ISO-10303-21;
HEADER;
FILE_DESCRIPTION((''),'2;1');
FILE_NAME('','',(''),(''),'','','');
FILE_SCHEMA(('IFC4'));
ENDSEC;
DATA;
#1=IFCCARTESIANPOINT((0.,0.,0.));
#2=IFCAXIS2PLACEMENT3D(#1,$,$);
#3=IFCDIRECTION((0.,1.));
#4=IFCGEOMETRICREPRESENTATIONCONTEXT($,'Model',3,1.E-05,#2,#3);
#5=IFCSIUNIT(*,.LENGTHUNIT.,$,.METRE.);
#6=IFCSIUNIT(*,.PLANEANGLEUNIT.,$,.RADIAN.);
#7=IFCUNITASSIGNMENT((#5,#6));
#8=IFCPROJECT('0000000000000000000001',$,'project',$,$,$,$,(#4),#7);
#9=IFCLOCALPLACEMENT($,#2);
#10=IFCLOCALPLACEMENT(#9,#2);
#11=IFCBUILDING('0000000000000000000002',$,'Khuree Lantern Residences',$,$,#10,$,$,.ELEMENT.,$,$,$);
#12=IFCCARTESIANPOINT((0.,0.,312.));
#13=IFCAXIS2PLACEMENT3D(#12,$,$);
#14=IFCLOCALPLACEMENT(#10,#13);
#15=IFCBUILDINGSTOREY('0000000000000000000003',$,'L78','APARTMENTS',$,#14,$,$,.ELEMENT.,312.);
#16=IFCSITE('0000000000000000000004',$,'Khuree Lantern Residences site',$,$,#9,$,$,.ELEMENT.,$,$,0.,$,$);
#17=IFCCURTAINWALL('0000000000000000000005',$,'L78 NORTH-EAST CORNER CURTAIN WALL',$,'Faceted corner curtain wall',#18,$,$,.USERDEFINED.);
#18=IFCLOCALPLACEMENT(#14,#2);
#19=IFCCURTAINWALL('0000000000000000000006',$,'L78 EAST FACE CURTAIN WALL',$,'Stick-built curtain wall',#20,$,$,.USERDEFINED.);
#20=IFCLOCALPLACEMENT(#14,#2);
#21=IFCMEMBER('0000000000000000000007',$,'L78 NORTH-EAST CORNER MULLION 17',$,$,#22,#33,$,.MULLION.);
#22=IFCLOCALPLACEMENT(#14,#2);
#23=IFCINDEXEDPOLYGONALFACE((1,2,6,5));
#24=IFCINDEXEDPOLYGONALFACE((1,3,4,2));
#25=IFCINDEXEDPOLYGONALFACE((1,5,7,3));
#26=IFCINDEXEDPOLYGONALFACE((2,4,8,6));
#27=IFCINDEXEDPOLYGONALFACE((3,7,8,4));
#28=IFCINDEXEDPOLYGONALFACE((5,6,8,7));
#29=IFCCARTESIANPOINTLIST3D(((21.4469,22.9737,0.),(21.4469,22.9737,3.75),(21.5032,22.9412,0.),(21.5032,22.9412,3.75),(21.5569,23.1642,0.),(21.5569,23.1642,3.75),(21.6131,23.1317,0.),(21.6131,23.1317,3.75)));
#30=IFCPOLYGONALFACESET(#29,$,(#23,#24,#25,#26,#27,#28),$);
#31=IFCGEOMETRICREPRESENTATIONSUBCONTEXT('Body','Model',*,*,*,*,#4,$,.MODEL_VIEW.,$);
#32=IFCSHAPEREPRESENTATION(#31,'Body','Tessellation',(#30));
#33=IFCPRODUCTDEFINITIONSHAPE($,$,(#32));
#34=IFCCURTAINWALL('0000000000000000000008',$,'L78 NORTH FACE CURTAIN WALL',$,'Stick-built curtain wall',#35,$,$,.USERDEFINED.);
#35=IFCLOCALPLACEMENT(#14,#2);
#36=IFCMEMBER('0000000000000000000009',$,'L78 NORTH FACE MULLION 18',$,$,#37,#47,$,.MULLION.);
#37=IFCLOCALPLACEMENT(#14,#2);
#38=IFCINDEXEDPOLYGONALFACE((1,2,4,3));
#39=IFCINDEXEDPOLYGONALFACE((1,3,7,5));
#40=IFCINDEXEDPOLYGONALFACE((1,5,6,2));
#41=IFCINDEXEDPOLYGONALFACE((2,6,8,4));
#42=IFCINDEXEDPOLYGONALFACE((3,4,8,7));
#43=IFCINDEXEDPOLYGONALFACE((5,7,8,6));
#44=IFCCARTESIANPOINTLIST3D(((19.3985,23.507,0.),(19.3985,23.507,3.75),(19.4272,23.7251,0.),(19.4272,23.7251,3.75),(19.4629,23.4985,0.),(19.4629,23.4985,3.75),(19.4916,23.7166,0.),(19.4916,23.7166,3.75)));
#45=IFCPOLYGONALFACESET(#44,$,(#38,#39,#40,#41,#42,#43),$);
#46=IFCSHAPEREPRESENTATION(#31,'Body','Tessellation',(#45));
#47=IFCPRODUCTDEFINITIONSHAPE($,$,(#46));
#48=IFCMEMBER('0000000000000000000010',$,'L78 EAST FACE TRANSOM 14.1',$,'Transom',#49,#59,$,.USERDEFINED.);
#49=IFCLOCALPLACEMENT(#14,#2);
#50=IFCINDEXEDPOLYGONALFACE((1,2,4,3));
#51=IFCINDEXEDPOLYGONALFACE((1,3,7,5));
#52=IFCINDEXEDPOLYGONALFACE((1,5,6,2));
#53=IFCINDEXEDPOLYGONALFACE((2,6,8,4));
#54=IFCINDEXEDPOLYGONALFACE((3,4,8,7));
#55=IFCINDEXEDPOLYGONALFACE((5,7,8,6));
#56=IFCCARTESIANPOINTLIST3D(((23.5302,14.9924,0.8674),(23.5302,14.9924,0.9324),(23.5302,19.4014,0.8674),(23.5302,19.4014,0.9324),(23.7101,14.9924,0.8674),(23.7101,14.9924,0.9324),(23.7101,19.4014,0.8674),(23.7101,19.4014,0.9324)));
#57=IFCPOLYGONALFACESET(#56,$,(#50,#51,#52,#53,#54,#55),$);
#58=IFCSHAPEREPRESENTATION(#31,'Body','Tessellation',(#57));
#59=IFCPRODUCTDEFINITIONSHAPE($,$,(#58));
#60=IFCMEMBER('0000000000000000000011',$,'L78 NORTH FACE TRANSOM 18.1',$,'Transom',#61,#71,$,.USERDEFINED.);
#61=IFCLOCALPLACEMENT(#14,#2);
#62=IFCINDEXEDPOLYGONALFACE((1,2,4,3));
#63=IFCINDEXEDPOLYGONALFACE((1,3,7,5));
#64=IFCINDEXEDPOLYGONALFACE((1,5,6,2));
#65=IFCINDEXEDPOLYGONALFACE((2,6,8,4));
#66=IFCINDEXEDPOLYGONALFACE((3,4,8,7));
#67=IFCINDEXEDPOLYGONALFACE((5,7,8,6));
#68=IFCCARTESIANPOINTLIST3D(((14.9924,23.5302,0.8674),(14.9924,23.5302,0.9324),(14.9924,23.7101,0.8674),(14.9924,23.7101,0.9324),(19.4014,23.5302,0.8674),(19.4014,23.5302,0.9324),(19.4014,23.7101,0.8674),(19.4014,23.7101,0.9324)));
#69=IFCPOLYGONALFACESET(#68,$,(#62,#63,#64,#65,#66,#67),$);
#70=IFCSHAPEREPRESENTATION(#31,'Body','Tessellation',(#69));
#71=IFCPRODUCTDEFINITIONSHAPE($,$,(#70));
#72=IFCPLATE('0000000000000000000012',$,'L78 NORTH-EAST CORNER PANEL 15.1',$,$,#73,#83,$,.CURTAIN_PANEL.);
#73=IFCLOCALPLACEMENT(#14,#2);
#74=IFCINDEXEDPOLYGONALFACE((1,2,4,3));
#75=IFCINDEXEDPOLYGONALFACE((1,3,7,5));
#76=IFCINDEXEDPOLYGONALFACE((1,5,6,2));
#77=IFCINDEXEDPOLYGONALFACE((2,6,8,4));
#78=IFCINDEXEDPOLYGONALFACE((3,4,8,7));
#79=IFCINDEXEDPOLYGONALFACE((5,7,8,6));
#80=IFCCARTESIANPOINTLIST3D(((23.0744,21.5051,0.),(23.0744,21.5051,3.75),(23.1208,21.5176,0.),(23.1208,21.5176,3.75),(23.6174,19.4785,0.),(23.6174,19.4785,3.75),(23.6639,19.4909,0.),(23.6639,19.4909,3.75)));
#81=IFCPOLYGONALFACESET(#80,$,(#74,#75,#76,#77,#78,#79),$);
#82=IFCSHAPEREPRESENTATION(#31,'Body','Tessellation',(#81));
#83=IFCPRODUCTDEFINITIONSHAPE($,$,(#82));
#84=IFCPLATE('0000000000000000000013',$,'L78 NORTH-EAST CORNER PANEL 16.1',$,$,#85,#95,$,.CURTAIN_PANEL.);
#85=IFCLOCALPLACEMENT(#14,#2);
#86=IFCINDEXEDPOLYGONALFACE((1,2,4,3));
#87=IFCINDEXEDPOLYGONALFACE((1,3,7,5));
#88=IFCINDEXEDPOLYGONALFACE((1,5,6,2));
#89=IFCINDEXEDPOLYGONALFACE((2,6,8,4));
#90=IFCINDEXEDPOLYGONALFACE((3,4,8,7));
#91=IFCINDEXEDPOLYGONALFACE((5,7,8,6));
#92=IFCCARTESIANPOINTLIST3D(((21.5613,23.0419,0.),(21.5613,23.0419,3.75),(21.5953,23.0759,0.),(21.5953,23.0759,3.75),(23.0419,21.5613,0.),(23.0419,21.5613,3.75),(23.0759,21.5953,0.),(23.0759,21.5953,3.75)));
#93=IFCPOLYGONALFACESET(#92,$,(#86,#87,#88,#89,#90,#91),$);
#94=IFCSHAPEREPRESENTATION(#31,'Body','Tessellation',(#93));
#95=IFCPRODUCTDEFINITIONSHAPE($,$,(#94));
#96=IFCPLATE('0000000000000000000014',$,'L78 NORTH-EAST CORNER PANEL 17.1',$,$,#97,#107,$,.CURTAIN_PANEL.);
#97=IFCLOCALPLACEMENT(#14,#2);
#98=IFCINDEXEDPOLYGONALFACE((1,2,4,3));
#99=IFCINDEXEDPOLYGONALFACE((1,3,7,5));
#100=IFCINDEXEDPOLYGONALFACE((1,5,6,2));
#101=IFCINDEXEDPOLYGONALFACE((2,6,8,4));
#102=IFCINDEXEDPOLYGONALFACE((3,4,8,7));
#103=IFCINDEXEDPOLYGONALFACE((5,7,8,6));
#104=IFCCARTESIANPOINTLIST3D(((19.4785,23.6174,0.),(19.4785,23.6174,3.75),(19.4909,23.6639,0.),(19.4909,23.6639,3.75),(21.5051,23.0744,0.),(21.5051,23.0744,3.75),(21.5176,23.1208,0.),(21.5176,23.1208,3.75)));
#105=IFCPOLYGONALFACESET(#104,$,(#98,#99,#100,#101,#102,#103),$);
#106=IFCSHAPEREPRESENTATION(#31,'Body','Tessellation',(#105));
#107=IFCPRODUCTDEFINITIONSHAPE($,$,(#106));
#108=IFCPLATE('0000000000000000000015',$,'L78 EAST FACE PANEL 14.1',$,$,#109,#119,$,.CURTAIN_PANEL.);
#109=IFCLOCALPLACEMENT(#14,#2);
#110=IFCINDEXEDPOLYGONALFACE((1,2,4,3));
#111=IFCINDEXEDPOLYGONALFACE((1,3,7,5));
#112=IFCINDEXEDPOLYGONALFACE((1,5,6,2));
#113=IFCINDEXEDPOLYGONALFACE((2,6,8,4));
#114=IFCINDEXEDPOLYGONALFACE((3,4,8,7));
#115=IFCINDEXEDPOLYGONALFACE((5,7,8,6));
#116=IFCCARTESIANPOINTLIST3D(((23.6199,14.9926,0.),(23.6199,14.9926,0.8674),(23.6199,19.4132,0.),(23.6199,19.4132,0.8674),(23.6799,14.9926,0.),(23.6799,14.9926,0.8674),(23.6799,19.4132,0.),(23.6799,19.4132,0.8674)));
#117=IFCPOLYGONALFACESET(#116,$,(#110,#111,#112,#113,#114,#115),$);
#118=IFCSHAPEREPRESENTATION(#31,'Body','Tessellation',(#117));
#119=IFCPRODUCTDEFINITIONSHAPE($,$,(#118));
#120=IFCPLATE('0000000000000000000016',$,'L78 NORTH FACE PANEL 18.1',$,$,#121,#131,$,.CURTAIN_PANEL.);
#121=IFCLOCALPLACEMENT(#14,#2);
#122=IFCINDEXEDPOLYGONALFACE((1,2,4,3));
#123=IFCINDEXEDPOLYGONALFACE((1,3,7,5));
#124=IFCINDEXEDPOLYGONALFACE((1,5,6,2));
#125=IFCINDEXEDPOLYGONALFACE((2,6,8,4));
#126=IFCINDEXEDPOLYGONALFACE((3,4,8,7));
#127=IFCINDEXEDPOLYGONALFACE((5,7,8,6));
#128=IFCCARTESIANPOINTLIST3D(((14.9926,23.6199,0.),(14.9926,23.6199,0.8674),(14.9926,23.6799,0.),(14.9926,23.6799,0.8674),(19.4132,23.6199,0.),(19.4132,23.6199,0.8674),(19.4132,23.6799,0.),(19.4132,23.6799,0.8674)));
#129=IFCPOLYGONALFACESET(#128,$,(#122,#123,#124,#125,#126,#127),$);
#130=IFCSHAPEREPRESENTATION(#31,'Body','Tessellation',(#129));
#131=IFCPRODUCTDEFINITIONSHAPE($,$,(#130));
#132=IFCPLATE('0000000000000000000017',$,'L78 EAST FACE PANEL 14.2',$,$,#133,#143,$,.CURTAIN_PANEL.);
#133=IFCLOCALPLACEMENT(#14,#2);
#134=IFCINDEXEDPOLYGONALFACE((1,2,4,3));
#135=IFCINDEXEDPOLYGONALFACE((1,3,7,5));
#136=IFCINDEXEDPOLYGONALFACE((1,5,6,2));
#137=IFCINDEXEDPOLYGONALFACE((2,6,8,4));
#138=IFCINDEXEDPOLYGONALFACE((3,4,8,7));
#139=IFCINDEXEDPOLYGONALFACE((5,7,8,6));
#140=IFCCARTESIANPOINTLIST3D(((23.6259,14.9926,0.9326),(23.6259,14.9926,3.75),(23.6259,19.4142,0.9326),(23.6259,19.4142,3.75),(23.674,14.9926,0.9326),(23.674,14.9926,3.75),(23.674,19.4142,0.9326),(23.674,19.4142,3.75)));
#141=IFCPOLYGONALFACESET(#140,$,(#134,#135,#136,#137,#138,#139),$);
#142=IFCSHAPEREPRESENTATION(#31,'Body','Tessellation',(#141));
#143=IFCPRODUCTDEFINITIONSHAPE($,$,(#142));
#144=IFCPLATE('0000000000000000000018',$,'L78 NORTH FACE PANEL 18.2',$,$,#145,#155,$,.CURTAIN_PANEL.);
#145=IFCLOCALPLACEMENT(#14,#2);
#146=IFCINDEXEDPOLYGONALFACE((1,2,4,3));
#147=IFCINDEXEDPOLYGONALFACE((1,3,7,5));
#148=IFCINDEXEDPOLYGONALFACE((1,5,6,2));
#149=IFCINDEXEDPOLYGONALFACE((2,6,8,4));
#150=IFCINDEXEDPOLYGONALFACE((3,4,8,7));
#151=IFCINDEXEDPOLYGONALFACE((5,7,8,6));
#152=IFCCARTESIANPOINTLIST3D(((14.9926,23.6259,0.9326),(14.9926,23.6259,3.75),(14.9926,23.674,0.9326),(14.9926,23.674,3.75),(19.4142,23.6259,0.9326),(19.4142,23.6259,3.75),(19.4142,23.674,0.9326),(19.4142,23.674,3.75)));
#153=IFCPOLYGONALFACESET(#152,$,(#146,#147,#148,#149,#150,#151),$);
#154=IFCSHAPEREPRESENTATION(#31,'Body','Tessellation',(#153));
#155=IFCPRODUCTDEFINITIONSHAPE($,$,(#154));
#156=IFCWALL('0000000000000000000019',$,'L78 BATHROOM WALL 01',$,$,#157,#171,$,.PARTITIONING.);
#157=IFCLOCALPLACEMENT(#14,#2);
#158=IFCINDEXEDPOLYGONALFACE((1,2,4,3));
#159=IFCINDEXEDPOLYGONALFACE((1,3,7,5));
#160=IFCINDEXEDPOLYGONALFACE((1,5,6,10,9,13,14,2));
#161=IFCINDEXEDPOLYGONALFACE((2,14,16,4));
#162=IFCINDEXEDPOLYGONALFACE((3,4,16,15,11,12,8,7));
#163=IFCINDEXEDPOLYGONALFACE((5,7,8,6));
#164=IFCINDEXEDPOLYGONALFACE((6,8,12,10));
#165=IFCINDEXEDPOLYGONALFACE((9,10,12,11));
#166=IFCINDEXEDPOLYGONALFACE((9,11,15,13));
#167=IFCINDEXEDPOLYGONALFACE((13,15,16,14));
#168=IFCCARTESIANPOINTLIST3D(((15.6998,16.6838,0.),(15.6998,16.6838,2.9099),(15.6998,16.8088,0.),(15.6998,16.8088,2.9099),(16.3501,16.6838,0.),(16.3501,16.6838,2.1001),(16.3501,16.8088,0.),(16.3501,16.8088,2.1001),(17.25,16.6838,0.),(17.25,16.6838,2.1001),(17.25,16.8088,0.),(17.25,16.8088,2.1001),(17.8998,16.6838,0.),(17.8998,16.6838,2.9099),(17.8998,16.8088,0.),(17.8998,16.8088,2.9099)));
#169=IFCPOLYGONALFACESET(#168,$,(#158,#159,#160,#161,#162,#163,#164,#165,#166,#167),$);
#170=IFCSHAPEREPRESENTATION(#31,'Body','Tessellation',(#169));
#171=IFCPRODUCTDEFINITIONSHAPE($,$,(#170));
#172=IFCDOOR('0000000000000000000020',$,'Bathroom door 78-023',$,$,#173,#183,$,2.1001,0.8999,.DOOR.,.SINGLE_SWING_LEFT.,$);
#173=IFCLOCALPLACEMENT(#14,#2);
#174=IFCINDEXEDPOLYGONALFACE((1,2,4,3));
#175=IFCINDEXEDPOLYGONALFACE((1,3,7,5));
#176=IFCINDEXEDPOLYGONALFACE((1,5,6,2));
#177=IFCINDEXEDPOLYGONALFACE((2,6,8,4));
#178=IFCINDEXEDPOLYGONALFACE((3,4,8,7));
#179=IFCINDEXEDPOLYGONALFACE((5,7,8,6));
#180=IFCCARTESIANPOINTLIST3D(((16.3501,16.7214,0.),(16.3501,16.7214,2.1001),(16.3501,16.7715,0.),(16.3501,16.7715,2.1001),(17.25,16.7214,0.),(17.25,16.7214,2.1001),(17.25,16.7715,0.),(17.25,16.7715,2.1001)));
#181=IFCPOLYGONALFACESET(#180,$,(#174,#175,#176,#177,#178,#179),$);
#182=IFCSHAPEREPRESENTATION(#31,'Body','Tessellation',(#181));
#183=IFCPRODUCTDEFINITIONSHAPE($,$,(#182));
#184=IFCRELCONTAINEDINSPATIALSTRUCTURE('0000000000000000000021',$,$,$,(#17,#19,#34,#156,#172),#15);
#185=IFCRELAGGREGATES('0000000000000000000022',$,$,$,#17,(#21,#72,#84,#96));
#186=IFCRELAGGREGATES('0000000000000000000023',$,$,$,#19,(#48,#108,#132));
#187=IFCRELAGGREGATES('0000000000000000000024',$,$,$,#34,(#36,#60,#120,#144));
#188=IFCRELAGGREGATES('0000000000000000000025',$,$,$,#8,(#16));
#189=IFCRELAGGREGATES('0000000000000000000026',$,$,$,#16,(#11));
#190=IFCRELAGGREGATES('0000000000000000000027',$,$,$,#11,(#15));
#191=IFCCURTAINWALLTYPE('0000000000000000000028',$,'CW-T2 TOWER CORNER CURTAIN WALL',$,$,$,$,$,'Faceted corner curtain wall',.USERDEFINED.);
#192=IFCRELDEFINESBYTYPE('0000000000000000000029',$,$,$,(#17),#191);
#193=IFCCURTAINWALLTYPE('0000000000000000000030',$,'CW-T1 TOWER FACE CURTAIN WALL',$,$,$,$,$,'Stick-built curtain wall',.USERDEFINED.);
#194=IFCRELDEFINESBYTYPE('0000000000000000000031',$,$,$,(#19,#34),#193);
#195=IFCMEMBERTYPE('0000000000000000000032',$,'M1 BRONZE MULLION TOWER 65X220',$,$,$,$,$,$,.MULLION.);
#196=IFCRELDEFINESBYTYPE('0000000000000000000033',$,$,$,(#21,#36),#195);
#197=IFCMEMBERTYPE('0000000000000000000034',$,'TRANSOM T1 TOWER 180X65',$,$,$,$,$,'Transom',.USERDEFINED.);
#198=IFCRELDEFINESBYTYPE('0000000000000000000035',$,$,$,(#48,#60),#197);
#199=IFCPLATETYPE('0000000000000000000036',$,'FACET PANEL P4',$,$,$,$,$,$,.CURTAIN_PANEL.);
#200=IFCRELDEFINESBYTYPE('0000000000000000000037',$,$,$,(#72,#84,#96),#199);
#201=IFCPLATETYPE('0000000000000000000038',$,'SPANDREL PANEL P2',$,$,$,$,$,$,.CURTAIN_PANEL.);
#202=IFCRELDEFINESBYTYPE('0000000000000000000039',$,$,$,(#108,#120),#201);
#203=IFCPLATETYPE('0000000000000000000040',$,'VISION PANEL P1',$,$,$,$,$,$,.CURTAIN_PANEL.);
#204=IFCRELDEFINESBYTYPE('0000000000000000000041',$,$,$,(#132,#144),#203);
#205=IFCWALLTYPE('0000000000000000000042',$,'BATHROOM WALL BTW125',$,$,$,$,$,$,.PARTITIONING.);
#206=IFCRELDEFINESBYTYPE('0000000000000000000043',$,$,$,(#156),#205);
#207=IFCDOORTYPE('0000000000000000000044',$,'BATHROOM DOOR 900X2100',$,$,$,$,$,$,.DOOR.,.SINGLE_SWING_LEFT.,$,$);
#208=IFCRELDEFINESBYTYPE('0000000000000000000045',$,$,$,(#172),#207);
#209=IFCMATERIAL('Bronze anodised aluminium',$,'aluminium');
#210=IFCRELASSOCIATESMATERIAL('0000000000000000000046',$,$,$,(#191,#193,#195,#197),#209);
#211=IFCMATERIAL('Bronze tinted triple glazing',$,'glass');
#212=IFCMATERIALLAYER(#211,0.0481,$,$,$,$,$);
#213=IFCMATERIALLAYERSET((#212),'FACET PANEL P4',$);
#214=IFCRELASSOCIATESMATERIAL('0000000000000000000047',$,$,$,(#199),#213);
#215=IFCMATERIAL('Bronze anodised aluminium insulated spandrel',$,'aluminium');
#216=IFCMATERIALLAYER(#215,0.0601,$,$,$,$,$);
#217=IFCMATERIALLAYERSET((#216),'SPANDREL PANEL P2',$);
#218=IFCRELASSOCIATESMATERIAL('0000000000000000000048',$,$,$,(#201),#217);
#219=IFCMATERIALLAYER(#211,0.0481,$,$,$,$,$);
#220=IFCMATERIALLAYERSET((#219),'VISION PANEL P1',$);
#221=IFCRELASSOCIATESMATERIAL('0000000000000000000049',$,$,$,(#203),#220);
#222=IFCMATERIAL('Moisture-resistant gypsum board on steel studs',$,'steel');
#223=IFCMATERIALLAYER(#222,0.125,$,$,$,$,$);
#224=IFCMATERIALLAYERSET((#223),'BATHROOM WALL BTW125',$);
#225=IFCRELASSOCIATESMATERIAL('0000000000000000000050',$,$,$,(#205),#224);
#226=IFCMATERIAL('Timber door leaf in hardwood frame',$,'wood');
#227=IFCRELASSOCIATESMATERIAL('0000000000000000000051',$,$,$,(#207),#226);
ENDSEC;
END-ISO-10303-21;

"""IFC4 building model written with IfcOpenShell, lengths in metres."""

from ifc_helpers import new_model, si_unit, direction, frame, frame_2d, origin, origin_2d, place, context, subcontext, project, spatial, rectangle, extrude, material, layer, layer_set, material_profile, profile_set, type_object, element, fill, aggregate, save


model = new_model("IFC4")

# Units and contexts
model_context = context("Model", 3, precision=1e-05, world=origin(), true_north=direction((0.0, 1.0)))
body_context = subcontext(model_context, "Body", "Model", "MODEL_VIEW")
ifc_project = project(units=[si_unit("LENGTHUNIT", "METRE"), si_unit("PLANEANGLEUNIT", "RADIAN")], contexts=[model_context])

# Site, building, storey
site_placement = place(None, origin())
site = spatial("IfcSite", under=ifc_project, at=site_placement, Name="Khuree Lantern Residences site", CompositionType="ELEMENT", RefElevation=0.0)
building_placement = place(site_placement, origin())
building = spatial("IfcBuilding", under=site, at=building_placement, Name="Khuree Lantern Residences", CompositionType="ELEMENT")
storey_placement = place(building_placement, frame((0.0, 0.0, 312.0)))
storey = spatial("IfcBuildingStorey", under=building, at=storey_placement, Name="L78", Description="APARTMENTS", CompositionType="ELEMENT", Elevation=312.0)

# Curtain wall
ifc_material_1 = material(Name="Bronze anodised aluminium", Category="aluminium")
curtain_wall_type_1 = type_object("IfcCurtainWallType", Name="CW-T2 TOWER CORNER CURTAIN WALL", ElementType="Faceted corner curtain wall", PredefinedType="USERDEFINED", material=ifc_material_1)
curtain_wall_1_placement = place(storey_placement, origin())
curtain_wall_1 = element("IfcCurtainWall", 1, at=curtain_wall_1_placement, inside=storey, type_object=curtain_wall_type_1, Name="L78 NORTH-EAST CORNER CURTAIN WALL", ObjectType="Faceted corner curtain wall", PredefinedType="USERDEFINED")

# Curtain wall
curtain_wall_type_2 = type_object("IfcCurtainWallType", Name="CW-T1 TOWER FACE CURTAIN WALL", ElementType="Stick-built curtain wall", PredefinedType="USERDEFINED", material=ifc_material_1)
curtain_wall_2_placement = place(storey_placement, origin())
curtain_wall_2 = element("IfcCurtainWall", 2, at=curtain_wall_2_placement, inside=storey, type_object=curtain_wall_type_2, Name="L78 EAST FACE CURTAIN WALL", ObjectType="Stick-built curtain wall", PredefinedType="USERDEFINED")
ifc_material_profile_1 = material_profile(ifc_material_1, rectangle(XDim=0.0649, YDim=0.22, at=origin_2d()), Name="M1 65X220")
ifc_profile_set_1 = profile_set([ifc_material_profile_1], Name="Bronze anodised aluminium")
member_type_1 = type_object("IfcMemberType", Name="M1 BRONZE MULLION TOWER 65X220", PredefinedType="MULLION", material=ifc_profile_set_1)

# Member
member_1_placement = place(storey_placement, frame((21.53, 23.0527, 0.0), z_axis=(0.0, 0.0, 1.0), x_axis=(-0.866025, 0.5, 0.0)))
member_1 = element("IfcMember", 3, at=member_1_placement, type_object=member_type_1, Name="L78 NORTH-EAST CORNER MULLION 17", PredefinedType="MULLION", context=body_context, shape_type="SweptSolid", body=[
    extrude(rectangle(XDim=0.0649, YDim=0.22, at=origin_2d()), origin(), (0.0, 0.0, 1.0), 3.75),
])

# Curtain wall, member
curtain_wall_3_placement = place(storey_placement, origin())
curtain_wall_3 = element("IfcCurtainWall", 4, at=curtain_wall_3_placement, inside=storey, type_object=curtain_wall_type_2, Name="L78 NORTH FACE CURTAIN WALL", ObjectType="Stick-built curtain wall", PredefinedType="USERDEFINED")
member_2_placement = place(storey_placement, frame((19.4451, 23.6118, 0.0), z_axis=(0.0, 0.0, 1.0), x_axis=(-0.991445, 0.130526, 0.0)))
member_2 = element("IfcMember", 5, at=member_2_placement, type_object=member_type_1, Name="L78 NORTH FACE MULLION 18", PredefinedType="MULLION", context=body_context, shape_type="SweptSolid", body=[
    extrude(rectangle(XDim=0.0649, YDim=0.22, at=origin_2d()), origin(), (0.0, 0.0, 1.0), 3.75),
])

# Members
ifc_material_profile_2 = material_profile(ifc_material_1, rectangle(XDim=0.1799, YDim=0.0649, at=origin_2d()), Name="T1 180X65")
ifc_profile_set_2 = profile_set([ifc_material_profile_2], Name="Bronze anodised aluminium")
member_type_2 = type_object("IfcMemberType", Name="TRANSOM T1 TOWER 180X65", ElementType="Transom", PredefinedType="USERDEFINED", material=ifc_profile_set_2)
member_3_placement = place(storey_placement, frame((23.6201, 14.9924, 0.8999), z_axis=(0.0, 1.0, 0.0), x_axis=(-1.0, 0.0, 0.0)))
member_3 = element("IfcMember", 6, at=member_3_placement, type_object=member_type_2, Name="L78 EAST FACE TRANSOM 14.1", ObjectType="Transom", PredefinedType="USERDEFINED", context=body_context, shape_type="SweptSolid", body=[
    extrude(rectangle(XDim=0.1799, YDim=0.0649, at=origin_2d()), origin(), (0.0, 0.0, 1.0), 4.4089),
])
member_4_placement = place(storey_placement, frame((19.4014, 23.6201, 0.8999), z_axis=(-1.0, 0.0, 0.0), x_axis=(0.0, -1.0, 0.0)))
member_4 = element("IfcMember", 7, at=member_4_placement, type_object=member_type_2, Name="L78 NORTH FACE TRANSOM 18.1", ObjectType="Transom", PredefinedType="USERDEFINED", context=body_context, shape_type="SweptSolid", body=[
    extrude(rectangle(XDim=0.1799, YDim=0.0649, at=origin_2d()), origin(), (0.0, 0.0, 1.0), 4.4089),
])

# Plates
ifc_material_2 = material(Name="Bronze tinted triple glazing", Category="glass")
ifc_layer_1 = layer(ifc_material_2, 0.0481)
ifc_layer_set_1 = layer_set([ifc_layer_1], Name="FACET PANEL P4")
plate_type_1 = type_object("IfcPlateType", Name="FACET PANEL P4", PredefinedType="CURTAIN_PANEL", material=ifc_layer_set_1)
plate_1_placement = place(storey_placement, frame((23.3691, 20.498, 0.0), z_axis=(0.0, 0.0, 1.0), x_axis=(-0.258819, 0.965926, 0.0)))
plate_1 = element("IfcPlate", 8, at=plate_1_placement, type_object=plate_type_1, Name="L78 NORTH-EAST CORNER PANEL 15.1", PredefinedType="CURTAIN_PANEL", context=body_context, shape_type="SweptSolid", body=[
    extrude(rectangle(XDim=2.0981, YDim=0.0481, at=origin_2d()), origin(), (0.0, 0.0, 1.0), 3.75),
])
plate_2_placement = place(storey_placement, frame((22.3186, 22.3186, 0.0), z_axis=(0.0, 0.0, 1.0), x_axis=(-0.707107, 0.707107, 0.0)))
plate_2 = element("IfcPlate", 9, at=plate_2_placement, type_object=plate_type_1, Name="L78 NORTH-EAST CORNER PANEL 16.1", PredefinedType="CURTAIN_PANEL", context=body_context, shape_type="SweptSolid", body=[
    extrude(rectangle(XDim=2.094, YDim=0.0481, at=origin_2d()), origin(), (0.0, 0.0, 1.0), 3.75),
])
plate_3_placement = place(storey_placement, frame((20.498, 23.3691, 0.0), z_axis=(0.0, 0.0, 1.0), x_axis=(-0.965926, 0.258819, 0.0)))
plate_3 = element("IfcPlate", 10, at=plate_3_placement, type_object=plate_type_1, Name="L78 NORTH-EAST CORNER PANEL 17.1", PredefinedType="CURTAIN_PANEL", context=body_context, shape_type="SweptSolid", body=[
    extrude(rectangle(XDim=2.0981, YDim=0.0481, at=origin_2d()), origin(), (0.0, 0.0, 1.0), 3.75),
])
aggregate(curtain_wall_1, [member_1, plate_1, plate_2, plate_3])
ifc_material_3 = material(Name="Bronze anodised aluminium insulated spandrel", Category="aluminium")
ifc_layer_2 = layer(ifc_material_3, 0.0601)
ifc_layer_set_2 = layer_set([ifc_layer_2], Name="SPANDREL PANEL P2")
plate_type_2 = type_object("IfcPlateType", Name="SPANDREL PANEL P2", PredefinedType="CURTAIN_PANEL", material=ifc_layer_set_2)
plate_4_placement = place(storey_placement, frame((23.6499, 17.2029, 0.0), z_axis=(0.0, 0.0, 1.0), x_axis=(0.0, 1.0, 0.0)))
plate_4 = element("IfcPlate", 11, at=plate_4_placement, type_object=plate_type_2, Name="L78 EAST FACE PANEL 14.1", PredefinedType="CURTAIN_PANEL", context=body_context, shape_type="SweptSolid", body=[
    extrude(rectangle(XDim=4.4207, YDim=0.0601, at=origin_2d()), origin(), (0.0, 0.0, 1.0), 0.8674),
])
plate_5_placement = place(storey_placement, frame((17.2029, 23.6499, 0.0), z_axis=(0.0, 0.0, 1.0), x_axis=(-1.0, 0.0, 0.0)))
plate_5 = element("IfcPlate", 12, at=plate_5_placement, type_object=plate_type_2, Name="L78 NORTH FACE PANEL 18.1", PredefinedType="CURTAIN_PANEL", context=body_context, shape_type="SweptSolid", body=[
    extrude(rectangle(XDim=4.4207, YDim=0.0601, at=origin_2d()), origin(), (0.0, 0.0, 1.0), 0.8674),
])
ifc_layer_3 = layer(ifc_material_2, 0.0481)
ifc_layer_set_3 = layer_set([ifc_layer_3], Name="VISION PANEL P1")
plate_type_3 = type_object("IfcPlateType", Name="VISION PANEL P1", PredefinedType="CURTAIN_PANEL", material=ifc_layer_set_3)
plate_6_placement = place(storey_placement, frame((23.6499, 17.2034, 0.9326), z_axis=(0.0, 0.0, 1.0), x_axis=(0.0, 1.0, 0.0)))
plate_6 = element("IfcPlate", 13, at=plate_6_placement, type_object=plate_type_3, Name="L78 EAST FACE PANEL 14.2", PredefinedType="CURTAIN_PANEL", context=body_context, shape_type="SweptSolid", body=[
    extrude(rectangle(XDim=4.4216, YDim=0.0481, at=origin_2d()), origin(), (0.0, 0.0, 1.0), 2.8174),
])
aggregate(curtain_wall_2, [member_3, plate_4, plate_6])
plate_7_placement = place(storey_placement, frame((17.2034, 23.6499, 0.9326), z_axis=(0.0, 0.0, 1.0), x_axis=(-1.0, 0.0, 0.0)))
plate_7 = element("IfcPlate", 14, at=plate_7_placement, type_object=plate_type_3, Name="L78 NORTH FACE PANEL 18.2", PredefinedType="CURTAIN_PANEL", context=body_context, shape_type="SweptSolid", body=[
    extrude(rectangle(XDim=4.4216, YDim=0.0481, at=origin_2d()), origin(), (0.0, 0.0, 1.0), 2.8174),
])
aggregate(curtain_wall_3, [member_2, member_4, plate_5, plate_7])

# Wall, opening, door
ifc_material_4 = material(Name="Moisture-resistant gypsum board on steel studs", Category="steel")
ifc_layer_4 = layer(ifc_material_4, 0.125)
ifc_layer_set_4 = layer_set([ifc_layer_4], Name="BATHROOM WALL BTW125")
wall_type = type_object("IfcWallType", Name="BATHROOM WALL BTW125", PredefinedType="PARTITIONING", material=ifc_layer_set_4)
wall_placement = place(storey_placement, frame((17.8999, 16.7463, 0.0), z_axis=(0.0, 0.0, 1.0), x_axis=(-1.0, 0.0, 0.0)))
wall = element("IfcWall", 15, at=wall_placement, inside=storey, type_object=wall_type, Name="L78 BATHROOM WALL 01", PredefinedType="PARTITIONING", context=body_context, shape_type="SweptSolid", body=[
    extrude(rectangle(XDim=2.2, YDim=0.125, at=frame_2d((1.1001, 0.0))), origin(), (0.0, 0.0, 1.0), 2.9099),
])
opening_placement = place(wall_placement, frame((0.6499, 0.0, 0.0)))
opening = element("IfcOpeningElement", 16, at=opening_placement, cuts=wall, PredefinedType="OPENING", context=body_context, shape_type="SweptSolid", body=[
    extrude(rectangle(XDim=0.8999, YDim=2.1001, at=frame_2d((0.45, 1.05))), frame((0.0, 0.0725, 0.0), z_axis=(0.0, -1.0, 0.0), x_axis=(1.0, 0.0, 0.0)), (0.0, 0.0, 1.0), 0.145),
])
ifc_material_5 = material(Name="Timber door leaf in hardwood frame", Category="wood")
door_type = type_object("IfcDoorType", Name="BATHROOM DOOR 900X2100", OperationType="SINGLE_SWING_LEFT", PredefinedType="DOOR", material=ifc_material_5)
door_placement = place(opening_placement, origin())
door = element("IfcDoor", 17, at=door_placement, inside=storey, type_object=door_type, Name="Bathroom door 78-023", OperationType="SINGLE_SWING_LEFT", OverallHeight=2.1001, OverallWidth=0.8999, PredefinedType="DOOR", context=body_context, shape_type="SweptSolid", body=[
    extrude(rectangle(XDim=0.8999, YDim=2.1001, at=frame_2d((0.45, 1.05))), frame((0.0, 0.0249, 0.0), z_axis=(0.0, -1.0, 0.0), x_axis=(1.0, 0.0, 0.0)), (0.0, 0.0, 1.0), 0.05),
])
fill(opening, door)

save(model, "model.ifc")
